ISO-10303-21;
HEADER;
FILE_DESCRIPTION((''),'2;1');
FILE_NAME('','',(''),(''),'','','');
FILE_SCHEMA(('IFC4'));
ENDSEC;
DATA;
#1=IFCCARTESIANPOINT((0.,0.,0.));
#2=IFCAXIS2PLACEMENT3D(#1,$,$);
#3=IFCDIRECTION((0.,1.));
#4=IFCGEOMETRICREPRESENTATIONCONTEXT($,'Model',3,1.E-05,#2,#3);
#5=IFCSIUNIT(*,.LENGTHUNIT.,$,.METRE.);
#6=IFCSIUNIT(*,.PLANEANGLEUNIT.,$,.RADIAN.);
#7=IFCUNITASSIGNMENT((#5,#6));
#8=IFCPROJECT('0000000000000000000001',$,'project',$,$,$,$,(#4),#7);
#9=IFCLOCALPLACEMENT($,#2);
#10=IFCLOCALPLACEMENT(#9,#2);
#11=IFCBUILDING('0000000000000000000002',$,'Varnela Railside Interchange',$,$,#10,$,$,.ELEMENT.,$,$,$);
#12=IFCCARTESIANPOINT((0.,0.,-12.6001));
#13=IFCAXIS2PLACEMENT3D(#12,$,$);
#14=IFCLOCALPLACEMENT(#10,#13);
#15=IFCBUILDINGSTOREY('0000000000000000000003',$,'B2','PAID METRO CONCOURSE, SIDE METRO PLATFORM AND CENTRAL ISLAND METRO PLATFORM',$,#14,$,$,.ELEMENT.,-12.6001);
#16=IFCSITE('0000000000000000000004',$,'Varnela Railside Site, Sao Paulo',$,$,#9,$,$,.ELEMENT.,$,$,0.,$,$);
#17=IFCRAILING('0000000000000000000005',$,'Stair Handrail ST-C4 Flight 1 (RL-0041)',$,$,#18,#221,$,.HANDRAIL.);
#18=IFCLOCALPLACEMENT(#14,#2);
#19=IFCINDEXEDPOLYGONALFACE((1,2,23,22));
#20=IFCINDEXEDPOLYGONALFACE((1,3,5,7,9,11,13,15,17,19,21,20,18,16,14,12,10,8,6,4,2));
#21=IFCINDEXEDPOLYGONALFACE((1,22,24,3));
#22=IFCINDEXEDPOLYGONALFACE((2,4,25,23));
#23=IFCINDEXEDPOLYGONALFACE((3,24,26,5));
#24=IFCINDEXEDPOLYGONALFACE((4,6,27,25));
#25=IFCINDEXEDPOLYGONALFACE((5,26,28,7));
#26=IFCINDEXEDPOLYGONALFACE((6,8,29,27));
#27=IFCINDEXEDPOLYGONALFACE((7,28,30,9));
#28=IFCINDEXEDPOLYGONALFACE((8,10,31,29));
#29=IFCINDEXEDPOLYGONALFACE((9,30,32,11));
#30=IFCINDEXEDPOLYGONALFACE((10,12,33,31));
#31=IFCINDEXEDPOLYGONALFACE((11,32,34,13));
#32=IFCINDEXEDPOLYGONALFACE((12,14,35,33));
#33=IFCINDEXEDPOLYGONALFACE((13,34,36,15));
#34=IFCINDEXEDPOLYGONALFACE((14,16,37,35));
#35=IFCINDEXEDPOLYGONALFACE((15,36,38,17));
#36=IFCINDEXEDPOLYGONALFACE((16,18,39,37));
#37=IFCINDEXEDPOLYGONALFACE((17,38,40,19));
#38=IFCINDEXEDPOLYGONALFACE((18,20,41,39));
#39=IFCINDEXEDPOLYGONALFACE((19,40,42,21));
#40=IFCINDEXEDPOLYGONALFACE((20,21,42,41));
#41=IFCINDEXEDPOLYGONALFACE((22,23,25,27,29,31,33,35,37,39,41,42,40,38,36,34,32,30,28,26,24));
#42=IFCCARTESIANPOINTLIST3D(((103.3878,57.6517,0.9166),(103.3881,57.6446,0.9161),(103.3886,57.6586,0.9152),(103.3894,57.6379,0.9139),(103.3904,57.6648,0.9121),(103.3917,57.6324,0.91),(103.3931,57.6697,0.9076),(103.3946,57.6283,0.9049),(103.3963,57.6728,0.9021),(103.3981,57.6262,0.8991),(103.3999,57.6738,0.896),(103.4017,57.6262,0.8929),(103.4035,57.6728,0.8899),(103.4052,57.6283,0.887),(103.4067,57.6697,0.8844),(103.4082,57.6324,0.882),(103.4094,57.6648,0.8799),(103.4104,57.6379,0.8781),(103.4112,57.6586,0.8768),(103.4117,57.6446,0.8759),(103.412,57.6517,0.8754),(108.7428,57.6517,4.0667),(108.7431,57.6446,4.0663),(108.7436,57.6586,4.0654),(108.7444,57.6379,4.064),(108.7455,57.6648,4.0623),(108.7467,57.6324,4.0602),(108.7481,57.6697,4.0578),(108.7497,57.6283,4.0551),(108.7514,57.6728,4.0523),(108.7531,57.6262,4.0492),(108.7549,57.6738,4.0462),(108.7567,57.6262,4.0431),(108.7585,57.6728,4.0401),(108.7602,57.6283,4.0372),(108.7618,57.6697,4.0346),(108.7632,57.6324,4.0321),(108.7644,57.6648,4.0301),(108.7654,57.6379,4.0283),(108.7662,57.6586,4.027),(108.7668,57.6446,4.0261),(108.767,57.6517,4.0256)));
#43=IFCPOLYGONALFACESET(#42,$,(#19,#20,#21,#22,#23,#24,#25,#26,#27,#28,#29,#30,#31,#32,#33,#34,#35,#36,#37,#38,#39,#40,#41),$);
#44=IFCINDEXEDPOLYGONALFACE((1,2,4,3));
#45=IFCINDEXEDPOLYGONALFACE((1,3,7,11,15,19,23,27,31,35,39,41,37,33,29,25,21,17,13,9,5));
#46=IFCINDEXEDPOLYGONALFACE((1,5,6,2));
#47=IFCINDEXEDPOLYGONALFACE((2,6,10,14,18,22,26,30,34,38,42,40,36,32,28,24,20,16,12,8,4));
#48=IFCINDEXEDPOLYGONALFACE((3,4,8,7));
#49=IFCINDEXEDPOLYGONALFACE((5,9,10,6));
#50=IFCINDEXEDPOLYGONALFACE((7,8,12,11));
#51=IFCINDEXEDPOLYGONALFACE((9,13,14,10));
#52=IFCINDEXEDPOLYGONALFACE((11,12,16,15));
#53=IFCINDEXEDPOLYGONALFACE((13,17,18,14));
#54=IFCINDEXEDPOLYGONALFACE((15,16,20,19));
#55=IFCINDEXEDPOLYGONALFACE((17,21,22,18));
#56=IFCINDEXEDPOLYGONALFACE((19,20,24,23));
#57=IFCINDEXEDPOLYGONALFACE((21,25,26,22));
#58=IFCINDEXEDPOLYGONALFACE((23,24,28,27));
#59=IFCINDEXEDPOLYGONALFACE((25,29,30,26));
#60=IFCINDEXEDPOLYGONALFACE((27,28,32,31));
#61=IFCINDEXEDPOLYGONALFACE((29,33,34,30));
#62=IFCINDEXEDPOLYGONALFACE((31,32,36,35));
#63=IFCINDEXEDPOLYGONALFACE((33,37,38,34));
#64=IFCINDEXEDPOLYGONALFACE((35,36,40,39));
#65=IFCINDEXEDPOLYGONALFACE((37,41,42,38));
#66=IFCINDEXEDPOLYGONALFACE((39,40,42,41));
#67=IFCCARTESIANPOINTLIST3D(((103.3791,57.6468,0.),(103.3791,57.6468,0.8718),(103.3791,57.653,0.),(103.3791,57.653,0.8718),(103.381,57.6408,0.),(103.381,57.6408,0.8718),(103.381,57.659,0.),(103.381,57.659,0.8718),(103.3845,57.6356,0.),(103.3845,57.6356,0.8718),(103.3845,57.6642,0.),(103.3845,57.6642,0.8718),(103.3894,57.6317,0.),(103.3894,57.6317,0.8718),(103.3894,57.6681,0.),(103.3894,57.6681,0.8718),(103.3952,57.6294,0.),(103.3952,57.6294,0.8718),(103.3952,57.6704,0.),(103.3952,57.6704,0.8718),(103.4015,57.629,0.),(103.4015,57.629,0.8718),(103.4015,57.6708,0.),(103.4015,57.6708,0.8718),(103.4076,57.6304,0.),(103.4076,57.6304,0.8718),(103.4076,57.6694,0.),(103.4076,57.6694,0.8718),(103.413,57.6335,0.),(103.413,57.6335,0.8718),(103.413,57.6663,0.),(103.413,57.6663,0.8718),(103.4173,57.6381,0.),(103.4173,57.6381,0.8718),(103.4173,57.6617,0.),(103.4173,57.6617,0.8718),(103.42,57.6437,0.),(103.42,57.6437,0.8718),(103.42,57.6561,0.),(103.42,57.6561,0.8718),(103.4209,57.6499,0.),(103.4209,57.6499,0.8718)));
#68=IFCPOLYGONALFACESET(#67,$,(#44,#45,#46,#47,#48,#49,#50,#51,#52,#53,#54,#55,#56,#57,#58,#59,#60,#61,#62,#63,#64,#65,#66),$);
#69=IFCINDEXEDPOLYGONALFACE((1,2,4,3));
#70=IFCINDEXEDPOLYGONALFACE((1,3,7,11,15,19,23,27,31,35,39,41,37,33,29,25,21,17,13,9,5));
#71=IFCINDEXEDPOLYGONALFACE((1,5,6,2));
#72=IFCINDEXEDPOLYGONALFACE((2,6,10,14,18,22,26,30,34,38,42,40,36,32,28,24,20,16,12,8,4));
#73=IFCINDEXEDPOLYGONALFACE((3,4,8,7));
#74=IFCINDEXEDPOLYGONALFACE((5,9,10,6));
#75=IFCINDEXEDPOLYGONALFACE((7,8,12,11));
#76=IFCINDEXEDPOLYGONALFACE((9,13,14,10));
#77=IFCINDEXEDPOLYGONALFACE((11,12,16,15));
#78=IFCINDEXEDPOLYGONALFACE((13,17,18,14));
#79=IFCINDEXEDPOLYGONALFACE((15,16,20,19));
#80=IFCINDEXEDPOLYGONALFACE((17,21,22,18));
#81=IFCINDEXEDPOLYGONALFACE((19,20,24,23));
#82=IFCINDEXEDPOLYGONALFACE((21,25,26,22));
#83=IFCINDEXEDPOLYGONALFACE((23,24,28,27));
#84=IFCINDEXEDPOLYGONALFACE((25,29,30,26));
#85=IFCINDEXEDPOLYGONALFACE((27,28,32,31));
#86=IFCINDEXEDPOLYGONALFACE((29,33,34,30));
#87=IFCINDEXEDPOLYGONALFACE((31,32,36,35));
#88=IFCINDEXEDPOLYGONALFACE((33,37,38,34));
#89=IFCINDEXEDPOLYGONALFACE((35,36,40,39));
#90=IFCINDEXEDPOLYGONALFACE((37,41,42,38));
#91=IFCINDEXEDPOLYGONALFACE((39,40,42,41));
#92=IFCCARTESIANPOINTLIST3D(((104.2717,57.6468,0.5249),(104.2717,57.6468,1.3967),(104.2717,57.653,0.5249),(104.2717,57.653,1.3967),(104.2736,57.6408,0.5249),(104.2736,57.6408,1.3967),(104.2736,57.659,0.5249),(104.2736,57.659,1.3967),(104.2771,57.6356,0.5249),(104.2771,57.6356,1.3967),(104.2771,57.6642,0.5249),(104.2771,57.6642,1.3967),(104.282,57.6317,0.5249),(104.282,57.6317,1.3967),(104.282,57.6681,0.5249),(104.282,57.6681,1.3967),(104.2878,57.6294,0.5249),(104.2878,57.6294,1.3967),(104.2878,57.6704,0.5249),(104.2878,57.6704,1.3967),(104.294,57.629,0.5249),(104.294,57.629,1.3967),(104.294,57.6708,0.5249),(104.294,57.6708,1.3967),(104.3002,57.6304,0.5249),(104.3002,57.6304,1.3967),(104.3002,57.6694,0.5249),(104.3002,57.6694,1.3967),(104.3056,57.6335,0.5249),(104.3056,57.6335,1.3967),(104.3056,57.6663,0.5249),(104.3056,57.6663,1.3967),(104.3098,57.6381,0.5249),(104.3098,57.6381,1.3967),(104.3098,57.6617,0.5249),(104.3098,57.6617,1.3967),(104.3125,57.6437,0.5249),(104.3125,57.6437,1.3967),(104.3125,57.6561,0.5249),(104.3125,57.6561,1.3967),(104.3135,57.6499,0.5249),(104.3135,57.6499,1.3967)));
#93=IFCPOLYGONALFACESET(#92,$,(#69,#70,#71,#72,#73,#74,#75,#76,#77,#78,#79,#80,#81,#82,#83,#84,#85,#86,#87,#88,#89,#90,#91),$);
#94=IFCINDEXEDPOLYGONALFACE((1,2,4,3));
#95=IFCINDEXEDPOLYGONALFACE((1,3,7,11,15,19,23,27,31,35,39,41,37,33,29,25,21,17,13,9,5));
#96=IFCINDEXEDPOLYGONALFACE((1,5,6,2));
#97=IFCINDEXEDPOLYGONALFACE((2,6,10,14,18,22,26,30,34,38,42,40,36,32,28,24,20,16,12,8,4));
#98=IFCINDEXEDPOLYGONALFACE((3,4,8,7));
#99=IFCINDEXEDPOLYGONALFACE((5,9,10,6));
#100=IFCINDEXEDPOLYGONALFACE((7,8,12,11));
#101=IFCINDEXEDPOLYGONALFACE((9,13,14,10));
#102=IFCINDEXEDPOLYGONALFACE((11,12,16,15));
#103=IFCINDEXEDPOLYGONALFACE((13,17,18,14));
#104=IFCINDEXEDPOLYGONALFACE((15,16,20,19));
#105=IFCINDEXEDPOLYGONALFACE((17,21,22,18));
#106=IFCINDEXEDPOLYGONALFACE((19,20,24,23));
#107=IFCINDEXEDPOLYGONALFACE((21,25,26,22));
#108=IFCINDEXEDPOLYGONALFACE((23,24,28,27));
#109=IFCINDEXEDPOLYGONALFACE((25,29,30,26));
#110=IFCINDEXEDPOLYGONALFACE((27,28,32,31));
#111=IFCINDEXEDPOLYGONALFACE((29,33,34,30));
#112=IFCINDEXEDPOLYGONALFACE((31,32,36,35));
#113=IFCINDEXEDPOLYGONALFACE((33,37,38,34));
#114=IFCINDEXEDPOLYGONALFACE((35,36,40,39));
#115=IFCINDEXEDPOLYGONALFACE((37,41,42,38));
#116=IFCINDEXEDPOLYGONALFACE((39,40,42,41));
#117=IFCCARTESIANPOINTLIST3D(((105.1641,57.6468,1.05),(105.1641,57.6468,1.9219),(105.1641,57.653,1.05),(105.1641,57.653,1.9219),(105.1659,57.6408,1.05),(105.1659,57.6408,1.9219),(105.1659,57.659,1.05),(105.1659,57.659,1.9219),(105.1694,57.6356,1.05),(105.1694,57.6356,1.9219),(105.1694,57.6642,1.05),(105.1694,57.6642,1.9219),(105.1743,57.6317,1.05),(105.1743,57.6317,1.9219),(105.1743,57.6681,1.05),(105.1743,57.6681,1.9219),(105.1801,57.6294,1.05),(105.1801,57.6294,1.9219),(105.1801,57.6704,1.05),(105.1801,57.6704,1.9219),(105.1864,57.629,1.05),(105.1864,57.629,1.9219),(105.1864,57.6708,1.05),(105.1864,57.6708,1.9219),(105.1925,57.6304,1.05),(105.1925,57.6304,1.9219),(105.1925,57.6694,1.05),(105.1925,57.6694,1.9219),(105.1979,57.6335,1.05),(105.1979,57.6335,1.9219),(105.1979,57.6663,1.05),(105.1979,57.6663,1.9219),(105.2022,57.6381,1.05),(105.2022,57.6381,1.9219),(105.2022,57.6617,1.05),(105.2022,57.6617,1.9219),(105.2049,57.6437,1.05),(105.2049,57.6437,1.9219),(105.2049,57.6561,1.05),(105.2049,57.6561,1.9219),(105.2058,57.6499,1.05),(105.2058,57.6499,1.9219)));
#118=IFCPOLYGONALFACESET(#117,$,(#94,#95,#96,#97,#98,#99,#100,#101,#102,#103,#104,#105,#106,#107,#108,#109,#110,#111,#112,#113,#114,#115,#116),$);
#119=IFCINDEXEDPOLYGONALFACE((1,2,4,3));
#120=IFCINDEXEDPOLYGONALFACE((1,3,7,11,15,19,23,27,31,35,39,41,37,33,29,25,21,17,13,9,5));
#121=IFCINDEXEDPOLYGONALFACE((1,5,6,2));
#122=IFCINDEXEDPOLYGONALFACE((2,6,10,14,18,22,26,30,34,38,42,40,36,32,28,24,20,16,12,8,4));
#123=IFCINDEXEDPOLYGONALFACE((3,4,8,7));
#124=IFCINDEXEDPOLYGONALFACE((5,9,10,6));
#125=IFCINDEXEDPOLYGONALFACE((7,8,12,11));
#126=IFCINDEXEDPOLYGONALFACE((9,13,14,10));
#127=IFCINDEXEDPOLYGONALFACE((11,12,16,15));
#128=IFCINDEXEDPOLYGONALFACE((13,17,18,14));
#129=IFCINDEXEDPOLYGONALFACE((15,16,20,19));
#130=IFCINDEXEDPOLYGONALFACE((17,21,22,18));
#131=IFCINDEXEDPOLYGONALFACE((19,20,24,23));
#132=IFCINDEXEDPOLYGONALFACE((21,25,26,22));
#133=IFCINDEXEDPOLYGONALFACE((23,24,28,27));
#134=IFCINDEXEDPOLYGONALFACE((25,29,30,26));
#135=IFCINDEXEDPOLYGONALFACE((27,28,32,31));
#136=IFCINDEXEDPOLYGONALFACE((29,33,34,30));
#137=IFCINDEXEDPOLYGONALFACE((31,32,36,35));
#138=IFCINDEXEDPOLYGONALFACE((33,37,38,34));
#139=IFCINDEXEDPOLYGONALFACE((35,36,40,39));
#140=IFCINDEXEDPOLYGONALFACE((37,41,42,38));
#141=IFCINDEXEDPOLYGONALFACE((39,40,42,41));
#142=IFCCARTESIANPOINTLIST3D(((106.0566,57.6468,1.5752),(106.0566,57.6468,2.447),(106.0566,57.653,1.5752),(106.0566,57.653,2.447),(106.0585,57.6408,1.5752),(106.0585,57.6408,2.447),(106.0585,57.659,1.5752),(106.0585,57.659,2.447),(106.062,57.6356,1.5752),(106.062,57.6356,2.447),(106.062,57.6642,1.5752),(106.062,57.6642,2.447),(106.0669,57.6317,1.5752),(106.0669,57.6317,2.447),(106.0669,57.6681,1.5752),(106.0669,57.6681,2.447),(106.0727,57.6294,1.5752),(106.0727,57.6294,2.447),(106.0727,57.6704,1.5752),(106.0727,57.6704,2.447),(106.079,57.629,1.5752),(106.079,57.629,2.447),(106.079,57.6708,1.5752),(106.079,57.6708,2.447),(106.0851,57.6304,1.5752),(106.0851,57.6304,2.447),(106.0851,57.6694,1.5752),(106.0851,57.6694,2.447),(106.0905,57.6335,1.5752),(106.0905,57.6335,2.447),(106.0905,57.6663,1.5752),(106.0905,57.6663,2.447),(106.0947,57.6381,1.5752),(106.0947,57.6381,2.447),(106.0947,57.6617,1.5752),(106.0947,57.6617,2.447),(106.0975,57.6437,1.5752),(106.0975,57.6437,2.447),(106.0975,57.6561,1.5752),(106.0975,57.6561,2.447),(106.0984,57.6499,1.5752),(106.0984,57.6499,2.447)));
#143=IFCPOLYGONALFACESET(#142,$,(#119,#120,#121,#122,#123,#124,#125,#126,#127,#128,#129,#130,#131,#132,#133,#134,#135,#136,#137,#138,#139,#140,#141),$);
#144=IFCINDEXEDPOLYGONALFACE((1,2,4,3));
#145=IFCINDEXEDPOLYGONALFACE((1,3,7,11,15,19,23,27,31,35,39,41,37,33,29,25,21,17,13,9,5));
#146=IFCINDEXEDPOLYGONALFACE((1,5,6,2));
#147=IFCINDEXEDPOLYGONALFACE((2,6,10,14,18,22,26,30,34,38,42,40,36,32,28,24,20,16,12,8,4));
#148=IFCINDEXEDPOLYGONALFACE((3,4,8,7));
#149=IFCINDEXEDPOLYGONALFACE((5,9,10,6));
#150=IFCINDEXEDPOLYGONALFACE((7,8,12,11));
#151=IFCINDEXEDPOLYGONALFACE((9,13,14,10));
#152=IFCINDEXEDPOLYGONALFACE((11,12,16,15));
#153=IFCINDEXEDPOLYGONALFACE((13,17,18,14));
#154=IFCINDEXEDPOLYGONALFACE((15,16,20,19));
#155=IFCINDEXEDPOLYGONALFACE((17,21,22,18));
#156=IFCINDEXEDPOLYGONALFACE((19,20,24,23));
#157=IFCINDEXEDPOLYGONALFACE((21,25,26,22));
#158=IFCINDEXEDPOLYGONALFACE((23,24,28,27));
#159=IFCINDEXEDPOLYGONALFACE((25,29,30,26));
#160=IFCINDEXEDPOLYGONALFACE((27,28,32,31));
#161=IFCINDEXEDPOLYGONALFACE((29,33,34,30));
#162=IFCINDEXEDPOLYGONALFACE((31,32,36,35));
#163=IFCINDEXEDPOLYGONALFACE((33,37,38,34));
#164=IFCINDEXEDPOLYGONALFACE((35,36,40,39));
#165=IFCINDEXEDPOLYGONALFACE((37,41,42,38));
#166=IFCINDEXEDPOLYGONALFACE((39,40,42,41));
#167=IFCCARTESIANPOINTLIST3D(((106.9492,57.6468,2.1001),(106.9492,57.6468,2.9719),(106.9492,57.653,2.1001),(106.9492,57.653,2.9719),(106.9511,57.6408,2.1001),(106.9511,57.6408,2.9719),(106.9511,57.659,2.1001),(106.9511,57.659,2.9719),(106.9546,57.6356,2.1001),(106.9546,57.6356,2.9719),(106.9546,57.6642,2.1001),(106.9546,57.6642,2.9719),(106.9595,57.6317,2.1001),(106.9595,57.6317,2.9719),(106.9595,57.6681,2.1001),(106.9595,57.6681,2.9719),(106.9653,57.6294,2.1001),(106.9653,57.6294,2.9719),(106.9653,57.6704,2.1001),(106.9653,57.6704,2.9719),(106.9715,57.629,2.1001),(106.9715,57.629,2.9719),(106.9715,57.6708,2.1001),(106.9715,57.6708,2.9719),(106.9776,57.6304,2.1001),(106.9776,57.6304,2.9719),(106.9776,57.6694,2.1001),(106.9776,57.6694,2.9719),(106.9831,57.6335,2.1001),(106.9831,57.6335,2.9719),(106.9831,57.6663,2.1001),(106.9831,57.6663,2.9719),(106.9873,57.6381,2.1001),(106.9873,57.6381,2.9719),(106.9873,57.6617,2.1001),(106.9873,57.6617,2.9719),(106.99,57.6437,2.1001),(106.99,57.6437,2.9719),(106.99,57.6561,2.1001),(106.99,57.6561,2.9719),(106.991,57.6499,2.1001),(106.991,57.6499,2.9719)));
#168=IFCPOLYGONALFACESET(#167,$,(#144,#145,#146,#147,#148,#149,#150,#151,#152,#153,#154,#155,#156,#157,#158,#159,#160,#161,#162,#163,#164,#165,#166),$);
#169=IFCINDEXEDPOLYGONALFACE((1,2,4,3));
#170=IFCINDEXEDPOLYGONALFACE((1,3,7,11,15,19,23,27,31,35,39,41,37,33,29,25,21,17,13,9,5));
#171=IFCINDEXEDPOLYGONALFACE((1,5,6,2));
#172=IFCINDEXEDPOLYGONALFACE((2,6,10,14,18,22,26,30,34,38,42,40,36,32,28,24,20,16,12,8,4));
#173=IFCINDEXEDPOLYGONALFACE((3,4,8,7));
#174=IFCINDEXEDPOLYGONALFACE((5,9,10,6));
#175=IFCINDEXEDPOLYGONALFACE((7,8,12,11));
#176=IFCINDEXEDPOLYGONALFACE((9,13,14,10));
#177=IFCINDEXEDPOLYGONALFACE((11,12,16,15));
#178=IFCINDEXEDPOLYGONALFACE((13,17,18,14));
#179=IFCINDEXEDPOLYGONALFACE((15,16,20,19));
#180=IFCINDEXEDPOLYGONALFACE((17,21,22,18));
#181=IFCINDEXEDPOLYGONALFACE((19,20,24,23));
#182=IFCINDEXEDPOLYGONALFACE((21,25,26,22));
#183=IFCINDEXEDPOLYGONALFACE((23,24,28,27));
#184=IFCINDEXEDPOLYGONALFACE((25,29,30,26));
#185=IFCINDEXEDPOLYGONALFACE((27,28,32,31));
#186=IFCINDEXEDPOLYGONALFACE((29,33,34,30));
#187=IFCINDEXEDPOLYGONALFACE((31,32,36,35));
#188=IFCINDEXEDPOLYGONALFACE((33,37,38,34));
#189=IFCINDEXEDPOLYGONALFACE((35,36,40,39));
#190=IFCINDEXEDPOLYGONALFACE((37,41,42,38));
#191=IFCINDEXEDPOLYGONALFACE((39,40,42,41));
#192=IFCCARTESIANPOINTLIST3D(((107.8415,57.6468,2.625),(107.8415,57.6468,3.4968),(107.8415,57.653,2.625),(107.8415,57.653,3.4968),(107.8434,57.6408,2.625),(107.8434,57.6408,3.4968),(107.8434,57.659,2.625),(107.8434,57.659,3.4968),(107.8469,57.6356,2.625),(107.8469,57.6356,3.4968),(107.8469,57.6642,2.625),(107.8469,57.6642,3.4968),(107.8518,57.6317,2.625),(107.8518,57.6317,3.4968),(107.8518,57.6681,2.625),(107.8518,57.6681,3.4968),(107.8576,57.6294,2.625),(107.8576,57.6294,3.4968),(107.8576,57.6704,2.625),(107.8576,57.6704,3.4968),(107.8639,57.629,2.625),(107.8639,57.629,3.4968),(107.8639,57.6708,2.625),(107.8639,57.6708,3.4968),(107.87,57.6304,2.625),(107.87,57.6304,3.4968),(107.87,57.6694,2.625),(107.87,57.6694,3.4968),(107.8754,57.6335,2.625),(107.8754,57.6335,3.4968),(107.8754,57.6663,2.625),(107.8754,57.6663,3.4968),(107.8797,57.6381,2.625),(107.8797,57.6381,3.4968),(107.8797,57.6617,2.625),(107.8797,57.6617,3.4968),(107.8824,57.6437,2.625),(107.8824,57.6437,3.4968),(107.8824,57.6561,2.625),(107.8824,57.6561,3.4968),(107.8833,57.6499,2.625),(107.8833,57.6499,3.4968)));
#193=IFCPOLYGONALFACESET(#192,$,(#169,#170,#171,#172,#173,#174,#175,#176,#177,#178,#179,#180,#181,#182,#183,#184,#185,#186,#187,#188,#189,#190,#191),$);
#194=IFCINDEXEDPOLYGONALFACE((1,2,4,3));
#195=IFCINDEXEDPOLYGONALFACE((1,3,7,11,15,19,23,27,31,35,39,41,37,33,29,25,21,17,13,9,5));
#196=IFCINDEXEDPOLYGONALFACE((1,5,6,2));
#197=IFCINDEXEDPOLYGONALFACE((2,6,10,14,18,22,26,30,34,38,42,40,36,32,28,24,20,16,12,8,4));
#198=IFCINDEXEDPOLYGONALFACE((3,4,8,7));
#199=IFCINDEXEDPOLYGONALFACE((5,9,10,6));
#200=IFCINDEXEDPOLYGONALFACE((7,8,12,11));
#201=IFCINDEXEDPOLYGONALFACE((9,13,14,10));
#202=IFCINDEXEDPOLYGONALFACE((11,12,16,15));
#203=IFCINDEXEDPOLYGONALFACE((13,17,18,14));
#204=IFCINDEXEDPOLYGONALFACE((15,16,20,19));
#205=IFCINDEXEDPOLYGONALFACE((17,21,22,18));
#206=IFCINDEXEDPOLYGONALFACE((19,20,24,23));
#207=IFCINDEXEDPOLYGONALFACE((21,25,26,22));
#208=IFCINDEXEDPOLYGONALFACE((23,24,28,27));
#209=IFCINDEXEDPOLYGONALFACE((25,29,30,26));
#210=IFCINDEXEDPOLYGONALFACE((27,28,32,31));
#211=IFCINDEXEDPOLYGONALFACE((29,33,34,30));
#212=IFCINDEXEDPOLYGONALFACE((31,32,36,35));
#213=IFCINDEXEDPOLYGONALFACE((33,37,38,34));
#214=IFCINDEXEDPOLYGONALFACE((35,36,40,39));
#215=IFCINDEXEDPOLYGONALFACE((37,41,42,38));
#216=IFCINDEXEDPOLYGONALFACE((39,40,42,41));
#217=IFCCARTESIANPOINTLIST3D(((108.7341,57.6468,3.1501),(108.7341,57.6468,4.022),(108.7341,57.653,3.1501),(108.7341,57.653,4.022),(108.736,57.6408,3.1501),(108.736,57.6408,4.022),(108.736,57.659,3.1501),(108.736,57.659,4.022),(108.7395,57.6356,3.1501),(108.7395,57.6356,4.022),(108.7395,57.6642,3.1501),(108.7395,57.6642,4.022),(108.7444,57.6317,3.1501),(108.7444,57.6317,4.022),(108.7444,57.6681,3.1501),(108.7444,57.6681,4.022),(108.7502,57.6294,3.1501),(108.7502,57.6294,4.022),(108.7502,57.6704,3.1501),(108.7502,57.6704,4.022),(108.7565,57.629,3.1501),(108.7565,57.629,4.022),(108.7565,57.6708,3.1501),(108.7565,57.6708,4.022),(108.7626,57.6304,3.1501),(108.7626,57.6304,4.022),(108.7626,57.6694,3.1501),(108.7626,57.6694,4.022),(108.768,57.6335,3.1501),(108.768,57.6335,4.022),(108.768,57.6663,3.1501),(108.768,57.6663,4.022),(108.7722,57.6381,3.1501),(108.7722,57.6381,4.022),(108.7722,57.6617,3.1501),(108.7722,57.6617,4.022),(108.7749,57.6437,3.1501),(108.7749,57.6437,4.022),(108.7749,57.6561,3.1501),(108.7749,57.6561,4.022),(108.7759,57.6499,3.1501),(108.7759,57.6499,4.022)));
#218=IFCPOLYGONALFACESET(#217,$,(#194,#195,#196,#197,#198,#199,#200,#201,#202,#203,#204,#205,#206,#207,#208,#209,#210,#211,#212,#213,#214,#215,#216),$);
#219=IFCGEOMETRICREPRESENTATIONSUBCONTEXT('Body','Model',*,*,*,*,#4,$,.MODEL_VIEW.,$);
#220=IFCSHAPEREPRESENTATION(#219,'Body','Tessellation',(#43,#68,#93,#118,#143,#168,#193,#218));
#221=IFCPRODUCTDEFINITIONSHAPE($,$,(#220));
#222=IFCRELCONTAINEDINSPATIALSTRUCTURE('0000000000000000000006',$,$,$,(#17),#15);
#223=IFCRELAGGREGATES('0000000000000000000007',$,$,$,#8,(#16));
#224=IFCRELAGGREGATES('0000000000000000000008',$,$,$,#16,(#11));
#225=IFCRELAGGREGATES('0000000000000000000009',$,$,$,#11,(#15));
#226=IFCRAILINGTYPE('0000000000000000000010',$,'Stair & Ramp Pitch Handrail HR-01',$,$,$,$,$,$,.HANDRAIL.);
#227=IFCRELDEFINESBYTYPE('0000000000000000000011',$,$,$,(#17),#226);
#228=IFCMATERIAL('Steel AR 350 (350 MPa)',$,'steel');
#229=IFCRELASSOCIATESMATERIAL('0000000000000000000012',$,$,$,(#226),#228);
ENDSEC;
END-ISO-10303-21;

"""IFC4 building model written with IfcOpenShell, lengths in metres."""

from ifc_helpers import new_model, si_unit, direction, frame, origin, origin_2d, place, context, subcontext, project, spatial, circle, extrude, material, type_object, element, save


model = new_model("IFC4")

# Units and contexts
model_context = context("Model", 3, precision=1e-05, world=origin(), true_north=direction((0.0, 1.0)))
body_context = subcontext(model_context, "Body", "Model", "MODEL_VIEW")
ifc_project = project(units=[si_unit("LENGTHUNIT", "METRE"), si_unit("PLANEANGLEUNIT", "RADIAN")], contexts=[model_context])

# Site, building, storey
site_placement = place(None, origin())
site = spatial("IfcSite", under=ifc_project, at=site_placement, Name="Varnela Railside Site, Sao Paulo", CompositionType="ELEMENT", RefElevation=0.0)
building_placement = place(site_placement, origin())
building = spatial("IfcBuilding", under=site, at=building_placement, Name="Varnela Railside Interchange", CompositionType="ELEMENT")
storey_placement = place(building_placement, frame((0.0, 0.0, -12.6001)))
storey = spatial("IfcBuildingStorey", under=building, at=storey_placement, Name="B2", Description="PAID METRO CONCOURSE, SIDE METRO PLATFORM AND CENTRAL ISLAND METRO PLATFORM", CompositionType="ELEMENT", Elevation=-12.6001)

# Railing
ifc_material_1 = material(Name="Steel AR 350 (350 MPa)", Category="steel")
railing_type_1 = type_object("IfcRailingType", Name="Stair & Ramp Pitch Handrail HR-01", PredefinedType="HANDRAIL", material=ifc_material_1)
railing_1_placement = place(storey_placement, frame((103.3999, 57.6499, 0.0)))
element("IfcRailing", 1, at=railing_1_placement, inside=storey, type_object=railing_type_1, Name="Stair Handrail ST-C4 Flight 1 (RL-0041)", PredefinedType="HANDRAIL", context=body_context, shape_type="SweptSolid", body=[
    extrude(circle(Radius=0.0239, at=origin_2d()), frame((0.0, 0.0, 0.896), z_axis=(0.861923, 0.0, 0.507039), x_axis=(0.0, 1.0, 0.0)), (0.0, 0.0, 1.0), 6.2129),
    extrude(circle(Radius=0.021, at=origin_2d()), origin(), (0.0, 0.0, 1.0), 0.8718),
    extrude(circle(Radius=0.021, at=origin_2d()), frame((0.8926, 0.0, 0.5249)), (0.0, 0.0, 1.0), 0.8718),
    extrude(circle(Radius=0.021, at=origin_2d()), frame((1.7849, 0.0, 1.05)), (0.0, 0.0, 1.0), 0.8718),
    extrude(circle(Radius=0.021, at=origin_2d()), frame((2.6775, 0.0, 1.5752)), (0.0, 0.0, 1.0), 0.8718),
    extrude(circle(Radius=0.021, at=origin_2d()), frame((3.5701, 0.0, 2.1001)), (0.0, 0.0, 1.0), 0.8718),
    extrude(circle(Radius=0.021, at=origin_2d()), frame((4.4624, 0.0, 2.625)), (0.0, 0.0, 1.0), 0.8718),
    extrude(circle(Radius=0.021, at=origin_2d()), frame((5.355, 0.0, 3.1501)), (0.0, 0.0, 1.0), 0.8718),
])

save(model, "model.ifc")
